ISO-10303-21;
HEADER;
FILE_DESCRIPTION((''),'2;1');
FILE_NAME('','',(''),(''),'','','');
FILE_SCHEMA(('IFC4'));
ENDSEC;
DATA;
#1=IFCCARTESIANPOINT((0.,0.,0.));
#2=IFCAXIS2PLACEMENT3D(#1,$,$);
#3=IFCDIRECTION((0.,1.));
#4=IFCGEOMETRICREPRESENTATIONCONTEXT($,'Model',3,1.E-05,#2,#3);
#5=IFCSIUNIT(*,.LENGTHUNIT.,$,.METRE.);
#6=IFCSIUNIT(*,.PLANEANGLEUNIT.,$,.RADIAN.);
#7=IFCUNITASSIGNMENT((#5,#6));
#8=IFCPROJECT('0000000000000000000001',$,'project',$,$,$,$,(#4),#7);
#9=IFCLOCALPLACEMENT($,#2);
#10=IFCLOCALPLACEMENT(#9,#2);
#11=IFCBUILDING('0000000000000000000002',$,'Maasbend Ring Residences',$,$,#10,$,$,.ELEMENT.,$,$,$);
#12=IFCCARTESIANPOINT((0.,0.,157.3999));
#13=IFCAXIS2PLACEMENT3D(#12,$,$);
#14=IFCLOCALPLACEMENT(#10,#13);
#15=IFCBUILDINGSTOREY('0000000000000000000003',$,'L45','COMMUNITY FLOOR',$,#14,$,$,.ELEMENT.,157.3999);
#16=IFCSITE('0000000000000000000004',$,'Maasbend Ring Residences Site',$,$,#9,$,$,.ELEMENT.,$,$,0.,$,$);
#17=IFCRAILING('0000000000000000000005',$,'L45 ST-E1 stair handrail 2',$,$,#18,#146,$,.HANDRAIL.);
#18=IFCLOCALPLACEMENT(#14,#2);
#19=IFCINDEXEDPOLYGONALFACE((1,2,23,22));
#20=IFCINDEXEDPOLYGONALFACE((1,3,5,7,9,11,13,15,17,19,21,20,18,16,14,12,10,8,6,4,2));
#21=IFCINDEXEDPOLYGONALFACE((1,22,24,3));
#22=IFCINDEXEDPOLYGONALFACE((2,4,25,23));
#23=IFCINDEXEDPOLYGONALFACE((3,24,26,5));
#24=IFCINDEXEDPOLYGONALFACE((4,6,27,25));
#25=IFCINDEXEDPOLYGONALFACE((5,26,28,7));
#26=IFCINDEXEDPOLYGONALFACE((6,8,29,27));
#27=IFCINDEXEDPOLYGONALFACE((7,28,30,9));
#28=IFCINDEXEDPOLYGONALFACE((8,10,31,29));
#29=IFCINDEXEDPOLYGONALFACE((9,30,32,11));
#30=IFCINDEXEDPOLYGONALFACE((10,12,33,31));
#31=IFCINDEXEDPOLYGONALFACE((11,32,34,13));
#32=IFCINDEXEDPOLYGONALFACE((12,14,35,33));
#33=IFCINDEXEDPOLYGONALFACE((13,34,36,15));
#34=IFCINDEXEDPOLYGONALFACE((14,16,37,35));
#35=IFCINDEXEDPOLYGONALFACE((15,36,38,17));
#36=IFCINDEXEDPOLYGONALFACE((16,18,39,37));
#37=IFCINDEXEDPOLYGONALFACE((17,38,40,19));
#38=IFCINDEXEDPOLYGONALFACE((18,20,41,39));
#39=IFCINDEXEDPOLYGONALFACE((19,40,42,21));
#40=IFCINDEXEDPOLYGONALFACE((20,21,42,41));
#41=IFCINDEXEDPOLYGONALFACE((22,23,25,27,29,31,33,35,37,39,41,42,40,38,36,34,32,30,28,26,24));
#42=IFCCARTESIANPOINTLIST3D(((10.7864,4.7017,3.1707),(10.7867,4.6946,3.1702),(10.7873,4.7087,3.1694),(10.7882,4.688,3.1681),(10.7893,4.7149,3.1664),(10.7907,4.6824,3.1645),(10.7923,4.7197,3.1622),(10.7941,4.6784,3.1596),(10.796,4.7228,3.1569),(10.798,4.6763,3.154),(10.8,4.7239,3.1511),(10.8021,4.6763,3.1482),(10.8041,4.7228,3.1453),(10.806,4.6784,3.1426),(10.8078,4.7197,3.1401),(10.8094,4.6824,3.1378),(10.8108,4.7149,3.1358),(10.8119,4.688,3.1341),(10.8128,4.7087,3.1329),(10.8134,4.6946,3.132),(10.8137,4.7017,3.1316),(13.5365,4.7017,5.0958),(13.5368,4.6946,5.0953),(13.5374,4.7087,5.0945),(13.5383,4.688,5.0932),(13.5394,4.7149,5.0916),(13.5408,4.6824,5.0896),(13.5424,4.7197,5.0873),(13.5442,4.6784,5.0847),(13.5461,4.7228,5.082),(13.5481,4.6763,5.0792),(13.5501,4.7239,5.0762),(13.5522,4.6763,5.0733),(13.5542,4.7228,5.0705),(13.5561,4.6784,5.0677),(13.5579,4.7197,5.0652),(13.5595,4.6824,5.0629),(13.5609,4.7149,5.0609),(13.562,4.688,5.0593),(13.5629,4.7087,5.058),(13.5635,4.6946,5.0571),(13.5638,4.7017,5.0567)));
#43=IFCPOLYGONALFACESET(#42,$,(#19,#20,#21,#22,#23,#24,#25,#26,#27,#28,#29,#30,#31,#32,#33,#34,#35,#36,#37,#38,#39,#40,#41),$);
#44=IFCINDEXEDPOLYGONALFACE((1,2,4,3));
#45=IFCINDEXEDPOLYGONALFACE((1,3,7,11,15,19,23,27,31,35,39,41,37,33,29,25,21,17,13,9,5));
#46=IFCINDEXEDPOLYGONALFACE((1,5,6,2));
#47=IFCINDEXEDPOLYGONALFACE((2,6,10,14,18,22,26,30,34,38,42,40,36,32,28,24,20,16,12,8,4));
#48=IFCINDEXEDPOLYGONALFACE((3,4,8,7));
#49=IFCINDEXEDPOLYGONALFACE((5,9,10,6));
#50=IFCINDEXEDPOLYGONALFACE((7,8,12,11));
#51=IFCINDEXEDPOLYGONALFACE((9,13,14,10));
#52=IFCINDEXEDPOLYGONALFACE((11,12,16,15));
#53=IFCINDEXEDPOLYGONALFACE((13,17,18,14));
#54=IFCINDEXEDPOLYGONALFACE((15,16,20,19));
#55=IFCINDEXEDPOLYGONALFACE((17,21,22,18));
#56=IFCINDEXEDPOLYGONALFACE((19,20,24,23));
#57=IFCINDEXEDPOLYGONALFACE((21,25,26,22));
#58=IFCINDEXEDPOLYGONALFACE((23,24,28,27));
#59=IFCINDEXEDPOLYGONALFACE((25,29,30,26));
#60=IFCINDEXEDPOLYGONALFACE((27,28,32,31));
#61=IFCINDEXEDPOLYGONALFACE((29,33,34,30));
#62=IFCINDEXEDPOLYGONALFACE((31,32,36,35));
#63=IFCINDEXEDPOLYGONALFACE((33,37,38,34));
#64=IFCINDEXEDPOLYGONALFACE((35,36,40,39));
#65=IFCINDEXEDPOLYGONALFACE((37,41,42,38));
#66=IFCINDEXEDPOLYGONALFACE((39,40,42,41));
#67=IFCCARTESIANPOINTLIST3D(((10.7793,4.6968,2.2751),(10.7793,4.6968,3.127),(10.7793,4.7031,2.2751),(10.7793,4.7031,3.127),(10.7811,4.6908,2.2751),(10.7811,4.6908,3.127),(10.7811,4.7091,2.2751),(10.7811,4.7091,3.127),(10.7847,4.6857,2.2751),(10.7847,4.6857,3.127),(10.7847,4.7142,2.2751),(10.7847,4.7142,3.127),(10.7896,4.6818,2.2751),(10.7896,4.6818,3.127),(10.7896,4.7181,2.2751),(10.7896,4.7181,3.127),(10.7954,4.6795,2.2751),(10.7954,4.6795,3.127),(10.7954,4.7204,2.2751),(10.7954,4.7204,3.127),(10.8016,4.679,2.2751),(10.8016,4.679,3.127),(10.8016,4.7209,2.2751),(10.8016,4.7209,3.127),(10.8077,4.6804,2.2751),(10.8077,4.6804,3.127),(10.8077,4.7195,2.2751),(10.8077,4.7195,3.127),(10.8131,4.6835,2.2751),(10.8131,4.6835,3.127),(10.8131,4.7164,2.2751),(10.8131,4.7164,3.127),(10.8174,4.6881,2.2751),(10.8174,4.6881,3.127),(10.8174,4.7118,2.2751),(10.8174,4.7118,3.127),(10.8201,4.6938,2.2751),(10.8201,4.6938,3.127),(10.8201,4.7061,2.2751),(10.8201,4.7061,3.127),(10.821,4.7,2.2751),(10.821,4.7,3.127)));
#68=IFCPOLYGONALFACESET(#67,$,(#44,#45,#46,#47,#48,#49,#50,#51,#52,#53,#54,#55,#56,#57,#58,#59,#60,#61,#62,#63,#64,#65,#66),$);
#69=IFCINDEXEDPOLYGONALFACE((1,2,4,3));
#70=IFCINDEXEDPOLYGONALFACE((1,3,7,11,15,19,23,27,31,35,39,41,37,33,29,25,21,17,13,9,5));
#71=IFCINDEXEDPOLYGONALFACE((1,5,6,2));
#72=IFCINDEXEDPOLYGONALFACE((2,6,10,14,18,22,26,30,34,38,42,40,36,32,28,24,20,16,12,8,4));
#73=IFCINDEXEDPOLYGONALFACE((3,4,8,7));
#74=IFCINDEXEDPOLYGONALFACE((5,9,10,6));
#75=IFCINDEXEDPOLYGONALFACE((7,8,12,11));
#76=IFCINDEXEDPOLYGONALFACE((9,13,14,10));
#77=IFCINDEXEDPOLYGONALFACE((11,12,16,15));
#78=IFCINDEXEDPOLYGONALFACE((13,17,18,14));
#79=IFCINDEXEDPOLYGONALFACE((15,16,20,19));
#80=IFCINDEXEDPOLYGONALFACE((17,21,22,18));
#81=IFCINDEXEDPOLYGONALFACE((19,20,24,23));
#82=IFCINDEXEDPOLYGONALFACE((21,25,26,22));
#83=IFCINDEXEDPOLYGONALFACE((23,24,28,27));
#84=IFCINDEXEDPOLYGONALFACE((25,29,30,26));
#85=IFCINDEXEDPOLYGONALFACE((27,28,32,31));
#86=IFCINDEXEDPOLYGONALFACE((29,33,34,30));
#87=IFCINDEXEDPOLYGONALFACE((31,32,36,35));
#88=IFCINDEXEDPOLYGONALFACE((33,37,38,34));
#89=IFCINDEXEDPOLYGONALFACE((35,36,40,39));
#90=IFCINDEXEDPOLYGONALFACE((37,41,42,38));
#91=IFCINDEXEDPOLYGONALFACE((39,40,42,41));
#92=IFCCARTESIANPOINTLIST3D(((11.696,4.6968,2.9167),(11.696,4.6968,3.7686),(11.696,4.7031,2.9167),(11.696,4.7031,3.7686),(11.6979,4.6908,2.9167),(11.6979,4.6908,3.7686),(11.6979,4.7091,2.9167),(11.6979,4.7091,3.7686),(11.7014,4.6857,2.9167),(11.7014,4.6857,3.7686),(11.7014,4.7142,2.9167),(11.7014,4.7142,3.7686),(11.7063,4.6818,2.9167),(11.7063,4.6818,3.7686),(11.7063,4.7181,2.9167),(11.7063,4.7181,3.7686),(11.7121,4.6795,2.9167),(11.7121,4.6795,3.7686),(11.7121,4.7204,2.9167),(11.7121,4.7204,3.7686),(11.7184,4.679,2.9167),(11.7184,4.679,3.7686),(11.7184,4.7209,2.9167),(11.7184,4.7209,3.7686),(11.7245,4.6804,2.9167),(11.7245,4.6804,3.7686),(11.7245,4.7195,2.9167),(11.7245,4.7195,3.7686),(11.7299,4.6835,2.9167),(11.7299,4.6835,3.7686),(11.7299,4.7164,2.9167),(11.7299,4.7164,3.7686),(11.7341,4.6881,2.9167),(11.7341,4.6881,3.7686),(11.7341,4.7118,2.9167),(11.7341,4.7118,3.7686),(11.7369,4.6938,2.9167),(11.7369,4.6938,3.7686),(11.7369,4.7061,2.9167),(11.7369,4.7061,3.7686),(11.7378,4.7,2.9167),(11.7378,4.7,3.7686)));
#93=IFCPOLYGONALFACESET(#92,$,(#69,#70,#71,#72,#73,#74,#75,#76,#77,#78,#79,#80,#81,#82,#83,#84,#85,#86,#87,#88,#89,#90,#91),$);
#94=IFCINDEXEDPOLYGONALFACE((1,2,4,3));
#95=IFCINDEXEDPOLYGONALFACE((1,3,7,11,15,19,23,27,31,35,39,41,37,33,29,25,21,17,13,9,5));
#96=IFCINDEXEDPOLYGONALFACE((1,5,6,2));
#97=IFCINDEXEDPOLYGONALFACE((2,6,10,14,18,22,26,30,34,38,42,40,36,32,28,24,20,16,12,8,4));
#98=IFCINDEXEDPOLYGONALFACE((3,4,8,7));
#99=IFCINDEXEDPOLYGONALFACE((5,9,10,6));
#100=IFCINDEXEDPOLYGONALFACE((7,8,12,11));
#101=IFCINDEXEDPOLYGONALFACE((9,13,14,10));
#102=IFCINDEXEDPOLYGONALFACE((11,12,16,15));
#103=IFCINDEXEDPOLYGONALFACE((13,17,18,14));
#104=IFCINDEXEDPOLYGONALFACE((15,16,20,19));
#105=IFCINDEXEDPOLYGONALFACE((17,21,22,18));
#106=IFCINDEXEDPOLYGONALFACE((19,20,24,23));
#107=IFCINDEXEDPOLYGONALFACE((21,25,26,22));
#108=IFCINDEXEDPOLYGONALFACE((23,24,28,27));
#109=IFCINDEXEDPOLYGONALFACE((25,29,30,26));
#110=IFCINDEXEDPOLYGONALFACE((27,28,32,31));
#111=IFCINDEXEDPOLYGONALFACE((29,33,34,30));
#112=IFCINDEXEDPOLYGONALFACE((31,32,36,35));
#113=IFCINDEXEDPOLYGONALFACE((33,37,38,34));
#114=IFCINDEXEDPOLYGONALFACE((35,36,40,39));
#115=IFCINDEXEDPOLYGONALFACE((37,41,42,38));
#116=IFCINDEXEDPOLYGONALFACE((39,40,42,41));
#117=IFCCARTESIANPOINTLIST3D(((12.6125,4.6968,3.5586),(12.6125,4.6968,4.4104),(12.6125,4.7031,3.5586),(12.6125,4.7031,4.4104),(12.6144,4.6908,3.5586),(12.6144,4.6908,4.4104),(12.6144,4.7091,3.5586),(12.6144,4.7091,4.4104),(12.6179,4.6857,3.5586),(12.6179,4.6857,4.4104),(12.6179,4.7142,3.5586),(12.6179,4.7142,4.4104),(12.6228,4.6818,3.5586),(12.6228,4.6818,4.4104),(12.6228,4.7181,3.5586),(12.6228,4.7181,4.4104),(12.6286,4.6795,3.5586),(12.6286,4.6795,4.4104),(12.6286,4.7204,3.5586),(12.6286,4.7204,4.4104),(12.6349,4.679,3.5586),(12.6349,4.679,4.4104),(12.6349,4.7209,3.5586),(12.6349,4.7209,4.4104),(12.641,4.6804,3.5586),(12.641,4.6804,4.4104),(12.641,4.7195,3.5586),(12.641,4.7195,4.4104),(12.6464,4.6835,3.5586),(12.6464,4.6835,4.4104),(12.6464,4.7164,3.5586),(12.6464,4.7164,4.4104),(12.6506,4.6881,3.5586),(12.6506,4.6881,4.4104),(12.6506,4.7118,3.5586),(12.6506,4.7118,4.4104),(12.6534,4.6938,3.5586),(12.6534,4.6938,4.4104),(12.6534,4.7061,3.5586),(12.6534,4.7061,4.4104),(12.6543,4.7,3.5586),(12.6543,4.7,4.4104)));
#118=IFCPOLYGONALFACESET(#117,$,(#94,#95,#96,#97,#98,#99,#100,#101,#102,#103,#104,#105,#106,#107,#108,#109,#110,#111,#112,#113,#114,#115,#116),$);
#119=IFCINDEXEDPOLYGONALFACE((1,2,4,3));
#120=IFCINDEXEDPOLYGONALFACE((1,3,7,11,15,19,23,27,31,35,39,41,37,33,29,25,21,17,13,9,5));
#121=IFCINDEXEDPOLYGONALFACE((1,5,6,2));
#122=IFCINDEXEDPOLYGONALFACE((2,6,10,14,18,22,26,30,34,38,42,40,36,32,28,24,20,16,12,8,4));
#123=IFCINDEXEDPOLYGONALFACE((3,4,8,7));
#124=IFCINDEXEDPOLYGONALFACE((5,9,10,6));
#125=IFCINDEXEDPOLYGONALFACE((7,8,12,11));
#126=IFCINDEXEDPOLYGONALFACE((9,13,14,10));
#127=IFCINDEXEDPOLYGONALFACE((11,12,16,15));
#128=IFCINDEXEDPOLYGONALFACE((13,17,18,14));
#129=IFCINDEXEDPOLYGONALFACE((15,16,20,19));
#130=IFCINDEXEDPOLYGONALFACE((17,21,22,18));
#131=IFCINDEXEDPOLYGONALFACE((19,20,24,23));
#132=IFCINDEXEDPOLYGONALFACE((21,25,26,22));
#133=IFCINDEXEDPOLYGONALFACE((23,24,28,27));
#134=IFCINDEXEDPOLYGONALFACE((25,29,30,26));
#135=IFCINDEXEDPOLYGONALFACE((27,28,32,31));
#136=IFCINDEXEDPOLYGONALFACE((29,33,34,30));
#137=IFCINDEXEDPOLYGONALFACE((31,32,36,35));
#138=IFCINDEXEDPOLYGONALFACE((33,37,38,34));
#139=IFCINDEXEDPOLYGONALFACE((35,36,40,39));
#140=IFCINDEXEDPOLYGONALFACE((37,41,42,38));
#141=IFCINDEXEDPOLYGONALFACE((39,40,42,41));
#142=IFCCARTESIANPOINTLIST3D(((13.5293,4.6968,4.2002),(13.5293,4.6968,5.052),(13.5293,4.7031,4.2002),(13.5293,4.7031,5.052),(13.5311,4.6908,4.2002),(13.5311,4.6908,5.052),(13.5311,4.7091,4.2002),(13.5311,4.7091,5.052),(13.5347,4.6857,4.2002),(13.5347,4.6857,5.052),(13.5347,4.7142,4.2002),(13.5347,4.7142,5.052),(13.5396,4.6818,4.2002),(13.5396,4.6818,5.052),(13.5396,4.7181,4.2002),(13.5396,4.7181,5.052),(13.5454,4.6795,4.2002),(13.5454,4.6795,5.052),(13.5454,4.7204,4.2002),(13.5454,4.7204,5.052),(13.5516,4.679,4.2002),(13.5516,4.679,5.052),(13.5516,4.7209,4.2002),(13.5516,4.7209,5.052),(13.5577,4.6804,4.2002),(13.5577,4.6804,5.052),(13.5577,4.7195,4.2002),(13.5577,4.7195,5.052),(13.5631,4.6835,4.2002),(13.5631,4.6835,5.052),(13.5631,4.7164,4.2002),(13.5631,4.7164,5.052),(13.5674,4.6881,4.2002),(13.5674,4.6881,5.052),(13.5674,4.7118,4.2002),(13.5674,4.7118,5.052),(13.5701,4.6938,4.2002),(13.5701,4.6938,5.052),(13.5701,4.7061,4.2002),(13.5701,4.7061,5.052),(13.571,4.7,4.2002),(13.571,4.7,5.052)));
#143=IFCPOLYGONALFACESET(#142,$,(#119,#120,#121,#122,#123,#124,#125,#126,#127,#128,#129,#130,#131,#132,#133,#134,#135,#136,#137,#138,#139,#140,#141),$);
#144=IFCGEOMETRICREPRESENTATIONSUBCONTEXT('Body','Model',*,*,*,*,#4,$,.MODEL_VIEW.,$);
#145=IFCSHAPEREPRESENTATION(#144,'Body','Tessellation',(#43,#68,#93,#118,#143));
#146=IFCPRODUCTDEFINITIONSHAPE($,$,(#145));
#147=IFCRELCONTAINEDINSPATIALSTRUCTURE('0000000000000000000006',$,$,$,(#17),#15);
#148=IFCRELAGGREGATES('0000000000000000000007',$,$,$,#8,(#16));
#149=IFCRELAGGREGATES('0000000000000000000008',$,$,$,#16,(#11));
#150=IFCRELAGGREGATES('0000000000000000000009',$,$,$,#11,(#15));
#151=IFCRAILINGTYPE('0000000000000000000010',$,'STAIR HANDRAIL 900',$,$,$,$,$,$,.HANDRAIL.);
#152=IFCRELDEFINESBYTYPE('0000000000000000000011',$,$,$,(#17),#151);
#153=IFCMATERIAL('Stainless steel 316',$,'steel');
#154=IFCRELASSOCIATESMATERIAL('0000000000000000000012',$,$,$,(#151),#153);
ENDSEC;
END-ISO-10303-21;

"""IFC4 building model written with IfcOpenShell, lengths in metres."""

from ifc_helpers import new_model, si_unit, direction, frame, origin, origin_2d, place, context, subcontext, project, spatial, circle, extrude, material, type_object, element, save


model = new_model("IFC4")

# Units and contexts
model_context = context("Model", 3, precision=1e-05, world=origin(), true_north=direction((0.0, 1.0)))
body_context = subcontext(model_context, "Body", "Model", "MODEL_VIEW")
ifc_project = project(units=[si_unit("LENGTHUNIT", "METRE"), si_unit("PLANEANGLEUNIT", "RADIAN")], contexts=[model_context])

# Site, building, storey
site_placement = place(None, origin())
site = spatial("IfcSite", under=ifc_project, at=site_placement, Name="Maasbend Ring Residences Site", CompositionType="ELEMENT", RefElevation=0.0)
building_placement = place(site_placement, origin())
building = spatial("IfcBuilding", under=site, at=building_placement, Name="Maasbend Ring Residences", CompositionType="ELEMENT")
storey_placement = place(building_placement, frame((0.0, 0.0, 157.3999)))
storey = spatial("IfcBuildingStorey", under=building, at=storey_placement, Name="L45", Description="COMMUNITY FLOOR", CompositionType="ELEMENT", Elevation=157.3999)

# Railing
ifc_material_1 = material(Name="Stainless steel 316", Category="steel")
railing_type_1 = type_object("IfcRailingType", Name="STAIR HANDRAIL 900", PredefinedType="HANDRAIL", material=ifc_material_1)
railing_1_placement = place(storey_placement, frame((10.8, 4.7, 2.2751)))
element("IfcRailing", 1, at=railing_1_placement, inside=storey, type_object=railing_type_1, Name="L45 ST-E1 stair handrail 2", PredefinedType="HANDRAIL", context=body_context, shape_type="SweptSolid", body=[
    extrude(circle(Radius=0.0239, at=origin_2d()), frame((0.0, 0.0, 0.876), z_axis=(0.819225, 0.0, 0.573472), x_axis=(0.0, 1.0, 0.0)), (0.0, 0.0, 1.0), 3.3569),
    extrude(circle(Radius=0.021, at=origin_2d()), origin(), (0.0, 0.0, 1.0), 0.8518),
    extrude(circle(Radius=0.021, at=origin_2d()), frame((0.9167, 0.0, 0.6416)), (0.0, 0.0, 1.0), 0.8518),
    extrude(circle(Radius=0.021, at=origin_2d()), frame((1.8333, 0.0, 1.2834)), (0.0, 0.0, 1.0), 0.8518),
    extrude(circle(Radius=0.021, at=origin_2d()), frame((2.75, 0.0, 1.925)), (0.0, 0.0, 1.0), 0.8518),
])

save(model, "model.ifc")
